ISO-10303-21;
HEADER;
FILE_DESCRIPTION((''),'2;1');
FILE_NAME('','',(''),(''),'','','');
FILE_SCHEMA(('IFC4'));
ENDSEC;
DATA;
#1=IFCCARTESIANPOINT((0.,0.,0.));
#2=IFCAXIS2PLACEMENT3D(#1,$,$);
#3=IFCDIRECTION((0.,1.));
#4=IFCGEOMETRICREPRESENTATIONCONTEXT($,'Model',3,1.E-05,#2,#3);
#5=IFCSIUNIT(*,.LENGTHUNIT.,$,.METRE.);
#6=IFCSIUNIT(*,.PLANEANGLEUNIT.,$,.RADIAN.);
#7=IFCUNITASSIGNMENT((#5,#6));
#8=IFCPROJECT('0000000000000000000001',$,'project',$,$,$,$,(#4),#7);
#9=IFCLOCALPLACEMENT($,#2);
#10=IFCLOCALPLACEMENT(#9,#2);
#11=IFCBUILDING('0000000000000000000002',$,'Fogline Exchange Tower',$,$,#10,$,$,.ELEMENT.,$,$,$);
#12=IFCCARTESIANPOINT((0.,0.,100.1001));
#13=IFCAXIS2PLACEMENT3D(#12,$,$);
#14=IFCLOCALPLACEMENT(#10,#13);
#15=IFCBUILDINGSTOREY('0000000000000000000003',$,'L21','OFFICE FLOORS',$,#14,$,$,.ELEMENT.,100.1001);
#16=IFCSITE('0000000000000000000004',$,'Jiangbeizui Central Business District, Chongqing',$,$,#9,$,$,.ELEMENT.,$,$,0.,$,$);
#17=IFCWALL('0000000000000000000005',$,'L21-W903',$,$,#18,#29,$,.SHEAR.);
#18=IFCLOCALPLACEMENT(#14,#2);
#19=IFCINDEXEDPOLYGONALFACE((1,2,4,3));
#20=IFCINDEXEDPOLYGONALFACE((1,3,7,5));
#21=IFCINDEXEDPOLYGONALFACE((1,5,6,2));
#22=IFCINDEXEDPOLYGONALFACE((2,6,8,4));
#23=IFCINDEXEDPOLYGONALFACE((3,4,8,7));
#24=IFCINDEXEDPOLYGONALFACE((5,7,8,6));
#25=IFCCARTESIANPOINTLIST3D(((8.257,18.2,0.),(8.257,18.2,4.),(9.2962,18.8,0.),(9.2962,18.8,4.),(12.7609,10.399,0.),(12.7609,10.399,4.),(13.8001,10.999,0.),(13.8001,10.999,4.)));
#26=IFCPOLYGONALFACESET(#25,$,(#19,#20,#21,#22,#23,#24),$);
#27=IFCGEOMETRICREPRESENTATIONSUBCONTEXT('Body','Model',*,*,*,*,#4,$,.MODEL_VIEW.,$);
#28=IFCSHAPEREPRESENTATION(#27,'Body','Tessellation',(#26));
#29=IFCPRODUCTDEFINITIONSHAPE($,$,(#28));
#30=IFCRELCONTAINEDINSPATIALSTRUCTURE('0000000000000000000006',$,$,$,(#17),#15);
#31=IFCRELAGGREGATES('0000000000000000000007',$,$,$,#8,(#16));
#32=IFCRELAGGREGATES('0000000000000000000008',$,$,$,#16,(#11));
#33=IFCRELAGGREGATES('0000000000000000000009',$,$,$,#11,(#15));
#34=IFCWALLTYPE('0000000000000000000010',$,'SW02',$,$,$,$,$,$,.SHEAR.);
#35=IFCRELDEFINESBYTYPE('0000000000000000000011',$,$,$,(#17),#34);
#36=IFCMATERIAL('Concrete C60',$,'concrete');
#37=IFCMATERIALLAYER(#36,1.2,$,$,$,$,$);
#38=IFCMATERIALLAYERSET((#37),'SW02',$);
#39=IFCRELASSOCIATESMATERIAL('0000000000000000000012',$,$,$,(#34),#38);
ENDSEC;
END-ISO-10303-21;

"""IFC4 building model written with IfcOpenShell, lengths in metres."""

from ifc_helpers import new_model, si_unit, direction, frame, frame_2d, origin, place, context, subcontext, project, spatial, rectangle, extrude, material, layer, layer_set, type_object, element, save


model = new_model("IFC4")

# Units and contexts
model_context = context("Model", 3, precision=1e-05, world=origin(), true_north=direction((0.0, 1.0)))
body_context = subcontext(model_context, "Body", "Model", "MODEL_VIEW")
ifc_project = project(units=[si_unit("LENGTHUNIT", "METRE"), si_unit("PLANEANGLEUNIT", "RADIAN")], contexts=[model_context])

# Site, building, storey
site_placement = place(None, origin())
site = spatial("IfcSite", under=ifc_project, at=site_placement, Name="Jiangbeizui Central Business District, Chongqing", CompositionType="ELEMENT", RefElevation=0.0)
building_placement = place(site_placement, origin())
building = spatial("IfcBuilding", under=site, at=building_placement, Name="Fogline Exchange Tower", CompositionType="ELEMENT")
storey_placement = place(building_placement, frame((0.0, 0.0, 100.1001)))
storey = spatial("IfcBuildingStorey", under=building, at=storey_placement, Name="L21", Description="OFFICE FLOORS", CompositionType="ELEMENT", Elevation=100.1001)

# Shared definitions
ifc_material_1 = material(Name="Concrete C60", Category="concrete")
ifc_layer_1 = layer(ifc_material_1, 1.2)
ifc_layer_set_1 = layer_set([ifc_layer_1], Name="SW02")
wall_type_1 = type_object("IfcWallType", Name="SW02", PredefinedType="SHEAR", material=ifc_layer_set_1)

# Wall
wall_1_placement = place(storey_placement, frame((13.2805, 10.699, 0.0), z_axis=(0.0, 0.0, 1.0), x_axis=(-0.499999, 0.866026, 0.0)))
element("IfcWall", 1, at=wall_1_placement, inside=storey, type_object=wall_type_1, Name="L21-W903", PredefinedType="SHEAR", context=body_context, shape_type="SweptSolid", body=[
    extrude(rectangle(XDim=9.0078, YDim=1.2, at=frame_2d((4.5039, 0.0))), origin(), (0.0, 0.0, 1.0), 4.0),
])

save(model, "model.ifc")
